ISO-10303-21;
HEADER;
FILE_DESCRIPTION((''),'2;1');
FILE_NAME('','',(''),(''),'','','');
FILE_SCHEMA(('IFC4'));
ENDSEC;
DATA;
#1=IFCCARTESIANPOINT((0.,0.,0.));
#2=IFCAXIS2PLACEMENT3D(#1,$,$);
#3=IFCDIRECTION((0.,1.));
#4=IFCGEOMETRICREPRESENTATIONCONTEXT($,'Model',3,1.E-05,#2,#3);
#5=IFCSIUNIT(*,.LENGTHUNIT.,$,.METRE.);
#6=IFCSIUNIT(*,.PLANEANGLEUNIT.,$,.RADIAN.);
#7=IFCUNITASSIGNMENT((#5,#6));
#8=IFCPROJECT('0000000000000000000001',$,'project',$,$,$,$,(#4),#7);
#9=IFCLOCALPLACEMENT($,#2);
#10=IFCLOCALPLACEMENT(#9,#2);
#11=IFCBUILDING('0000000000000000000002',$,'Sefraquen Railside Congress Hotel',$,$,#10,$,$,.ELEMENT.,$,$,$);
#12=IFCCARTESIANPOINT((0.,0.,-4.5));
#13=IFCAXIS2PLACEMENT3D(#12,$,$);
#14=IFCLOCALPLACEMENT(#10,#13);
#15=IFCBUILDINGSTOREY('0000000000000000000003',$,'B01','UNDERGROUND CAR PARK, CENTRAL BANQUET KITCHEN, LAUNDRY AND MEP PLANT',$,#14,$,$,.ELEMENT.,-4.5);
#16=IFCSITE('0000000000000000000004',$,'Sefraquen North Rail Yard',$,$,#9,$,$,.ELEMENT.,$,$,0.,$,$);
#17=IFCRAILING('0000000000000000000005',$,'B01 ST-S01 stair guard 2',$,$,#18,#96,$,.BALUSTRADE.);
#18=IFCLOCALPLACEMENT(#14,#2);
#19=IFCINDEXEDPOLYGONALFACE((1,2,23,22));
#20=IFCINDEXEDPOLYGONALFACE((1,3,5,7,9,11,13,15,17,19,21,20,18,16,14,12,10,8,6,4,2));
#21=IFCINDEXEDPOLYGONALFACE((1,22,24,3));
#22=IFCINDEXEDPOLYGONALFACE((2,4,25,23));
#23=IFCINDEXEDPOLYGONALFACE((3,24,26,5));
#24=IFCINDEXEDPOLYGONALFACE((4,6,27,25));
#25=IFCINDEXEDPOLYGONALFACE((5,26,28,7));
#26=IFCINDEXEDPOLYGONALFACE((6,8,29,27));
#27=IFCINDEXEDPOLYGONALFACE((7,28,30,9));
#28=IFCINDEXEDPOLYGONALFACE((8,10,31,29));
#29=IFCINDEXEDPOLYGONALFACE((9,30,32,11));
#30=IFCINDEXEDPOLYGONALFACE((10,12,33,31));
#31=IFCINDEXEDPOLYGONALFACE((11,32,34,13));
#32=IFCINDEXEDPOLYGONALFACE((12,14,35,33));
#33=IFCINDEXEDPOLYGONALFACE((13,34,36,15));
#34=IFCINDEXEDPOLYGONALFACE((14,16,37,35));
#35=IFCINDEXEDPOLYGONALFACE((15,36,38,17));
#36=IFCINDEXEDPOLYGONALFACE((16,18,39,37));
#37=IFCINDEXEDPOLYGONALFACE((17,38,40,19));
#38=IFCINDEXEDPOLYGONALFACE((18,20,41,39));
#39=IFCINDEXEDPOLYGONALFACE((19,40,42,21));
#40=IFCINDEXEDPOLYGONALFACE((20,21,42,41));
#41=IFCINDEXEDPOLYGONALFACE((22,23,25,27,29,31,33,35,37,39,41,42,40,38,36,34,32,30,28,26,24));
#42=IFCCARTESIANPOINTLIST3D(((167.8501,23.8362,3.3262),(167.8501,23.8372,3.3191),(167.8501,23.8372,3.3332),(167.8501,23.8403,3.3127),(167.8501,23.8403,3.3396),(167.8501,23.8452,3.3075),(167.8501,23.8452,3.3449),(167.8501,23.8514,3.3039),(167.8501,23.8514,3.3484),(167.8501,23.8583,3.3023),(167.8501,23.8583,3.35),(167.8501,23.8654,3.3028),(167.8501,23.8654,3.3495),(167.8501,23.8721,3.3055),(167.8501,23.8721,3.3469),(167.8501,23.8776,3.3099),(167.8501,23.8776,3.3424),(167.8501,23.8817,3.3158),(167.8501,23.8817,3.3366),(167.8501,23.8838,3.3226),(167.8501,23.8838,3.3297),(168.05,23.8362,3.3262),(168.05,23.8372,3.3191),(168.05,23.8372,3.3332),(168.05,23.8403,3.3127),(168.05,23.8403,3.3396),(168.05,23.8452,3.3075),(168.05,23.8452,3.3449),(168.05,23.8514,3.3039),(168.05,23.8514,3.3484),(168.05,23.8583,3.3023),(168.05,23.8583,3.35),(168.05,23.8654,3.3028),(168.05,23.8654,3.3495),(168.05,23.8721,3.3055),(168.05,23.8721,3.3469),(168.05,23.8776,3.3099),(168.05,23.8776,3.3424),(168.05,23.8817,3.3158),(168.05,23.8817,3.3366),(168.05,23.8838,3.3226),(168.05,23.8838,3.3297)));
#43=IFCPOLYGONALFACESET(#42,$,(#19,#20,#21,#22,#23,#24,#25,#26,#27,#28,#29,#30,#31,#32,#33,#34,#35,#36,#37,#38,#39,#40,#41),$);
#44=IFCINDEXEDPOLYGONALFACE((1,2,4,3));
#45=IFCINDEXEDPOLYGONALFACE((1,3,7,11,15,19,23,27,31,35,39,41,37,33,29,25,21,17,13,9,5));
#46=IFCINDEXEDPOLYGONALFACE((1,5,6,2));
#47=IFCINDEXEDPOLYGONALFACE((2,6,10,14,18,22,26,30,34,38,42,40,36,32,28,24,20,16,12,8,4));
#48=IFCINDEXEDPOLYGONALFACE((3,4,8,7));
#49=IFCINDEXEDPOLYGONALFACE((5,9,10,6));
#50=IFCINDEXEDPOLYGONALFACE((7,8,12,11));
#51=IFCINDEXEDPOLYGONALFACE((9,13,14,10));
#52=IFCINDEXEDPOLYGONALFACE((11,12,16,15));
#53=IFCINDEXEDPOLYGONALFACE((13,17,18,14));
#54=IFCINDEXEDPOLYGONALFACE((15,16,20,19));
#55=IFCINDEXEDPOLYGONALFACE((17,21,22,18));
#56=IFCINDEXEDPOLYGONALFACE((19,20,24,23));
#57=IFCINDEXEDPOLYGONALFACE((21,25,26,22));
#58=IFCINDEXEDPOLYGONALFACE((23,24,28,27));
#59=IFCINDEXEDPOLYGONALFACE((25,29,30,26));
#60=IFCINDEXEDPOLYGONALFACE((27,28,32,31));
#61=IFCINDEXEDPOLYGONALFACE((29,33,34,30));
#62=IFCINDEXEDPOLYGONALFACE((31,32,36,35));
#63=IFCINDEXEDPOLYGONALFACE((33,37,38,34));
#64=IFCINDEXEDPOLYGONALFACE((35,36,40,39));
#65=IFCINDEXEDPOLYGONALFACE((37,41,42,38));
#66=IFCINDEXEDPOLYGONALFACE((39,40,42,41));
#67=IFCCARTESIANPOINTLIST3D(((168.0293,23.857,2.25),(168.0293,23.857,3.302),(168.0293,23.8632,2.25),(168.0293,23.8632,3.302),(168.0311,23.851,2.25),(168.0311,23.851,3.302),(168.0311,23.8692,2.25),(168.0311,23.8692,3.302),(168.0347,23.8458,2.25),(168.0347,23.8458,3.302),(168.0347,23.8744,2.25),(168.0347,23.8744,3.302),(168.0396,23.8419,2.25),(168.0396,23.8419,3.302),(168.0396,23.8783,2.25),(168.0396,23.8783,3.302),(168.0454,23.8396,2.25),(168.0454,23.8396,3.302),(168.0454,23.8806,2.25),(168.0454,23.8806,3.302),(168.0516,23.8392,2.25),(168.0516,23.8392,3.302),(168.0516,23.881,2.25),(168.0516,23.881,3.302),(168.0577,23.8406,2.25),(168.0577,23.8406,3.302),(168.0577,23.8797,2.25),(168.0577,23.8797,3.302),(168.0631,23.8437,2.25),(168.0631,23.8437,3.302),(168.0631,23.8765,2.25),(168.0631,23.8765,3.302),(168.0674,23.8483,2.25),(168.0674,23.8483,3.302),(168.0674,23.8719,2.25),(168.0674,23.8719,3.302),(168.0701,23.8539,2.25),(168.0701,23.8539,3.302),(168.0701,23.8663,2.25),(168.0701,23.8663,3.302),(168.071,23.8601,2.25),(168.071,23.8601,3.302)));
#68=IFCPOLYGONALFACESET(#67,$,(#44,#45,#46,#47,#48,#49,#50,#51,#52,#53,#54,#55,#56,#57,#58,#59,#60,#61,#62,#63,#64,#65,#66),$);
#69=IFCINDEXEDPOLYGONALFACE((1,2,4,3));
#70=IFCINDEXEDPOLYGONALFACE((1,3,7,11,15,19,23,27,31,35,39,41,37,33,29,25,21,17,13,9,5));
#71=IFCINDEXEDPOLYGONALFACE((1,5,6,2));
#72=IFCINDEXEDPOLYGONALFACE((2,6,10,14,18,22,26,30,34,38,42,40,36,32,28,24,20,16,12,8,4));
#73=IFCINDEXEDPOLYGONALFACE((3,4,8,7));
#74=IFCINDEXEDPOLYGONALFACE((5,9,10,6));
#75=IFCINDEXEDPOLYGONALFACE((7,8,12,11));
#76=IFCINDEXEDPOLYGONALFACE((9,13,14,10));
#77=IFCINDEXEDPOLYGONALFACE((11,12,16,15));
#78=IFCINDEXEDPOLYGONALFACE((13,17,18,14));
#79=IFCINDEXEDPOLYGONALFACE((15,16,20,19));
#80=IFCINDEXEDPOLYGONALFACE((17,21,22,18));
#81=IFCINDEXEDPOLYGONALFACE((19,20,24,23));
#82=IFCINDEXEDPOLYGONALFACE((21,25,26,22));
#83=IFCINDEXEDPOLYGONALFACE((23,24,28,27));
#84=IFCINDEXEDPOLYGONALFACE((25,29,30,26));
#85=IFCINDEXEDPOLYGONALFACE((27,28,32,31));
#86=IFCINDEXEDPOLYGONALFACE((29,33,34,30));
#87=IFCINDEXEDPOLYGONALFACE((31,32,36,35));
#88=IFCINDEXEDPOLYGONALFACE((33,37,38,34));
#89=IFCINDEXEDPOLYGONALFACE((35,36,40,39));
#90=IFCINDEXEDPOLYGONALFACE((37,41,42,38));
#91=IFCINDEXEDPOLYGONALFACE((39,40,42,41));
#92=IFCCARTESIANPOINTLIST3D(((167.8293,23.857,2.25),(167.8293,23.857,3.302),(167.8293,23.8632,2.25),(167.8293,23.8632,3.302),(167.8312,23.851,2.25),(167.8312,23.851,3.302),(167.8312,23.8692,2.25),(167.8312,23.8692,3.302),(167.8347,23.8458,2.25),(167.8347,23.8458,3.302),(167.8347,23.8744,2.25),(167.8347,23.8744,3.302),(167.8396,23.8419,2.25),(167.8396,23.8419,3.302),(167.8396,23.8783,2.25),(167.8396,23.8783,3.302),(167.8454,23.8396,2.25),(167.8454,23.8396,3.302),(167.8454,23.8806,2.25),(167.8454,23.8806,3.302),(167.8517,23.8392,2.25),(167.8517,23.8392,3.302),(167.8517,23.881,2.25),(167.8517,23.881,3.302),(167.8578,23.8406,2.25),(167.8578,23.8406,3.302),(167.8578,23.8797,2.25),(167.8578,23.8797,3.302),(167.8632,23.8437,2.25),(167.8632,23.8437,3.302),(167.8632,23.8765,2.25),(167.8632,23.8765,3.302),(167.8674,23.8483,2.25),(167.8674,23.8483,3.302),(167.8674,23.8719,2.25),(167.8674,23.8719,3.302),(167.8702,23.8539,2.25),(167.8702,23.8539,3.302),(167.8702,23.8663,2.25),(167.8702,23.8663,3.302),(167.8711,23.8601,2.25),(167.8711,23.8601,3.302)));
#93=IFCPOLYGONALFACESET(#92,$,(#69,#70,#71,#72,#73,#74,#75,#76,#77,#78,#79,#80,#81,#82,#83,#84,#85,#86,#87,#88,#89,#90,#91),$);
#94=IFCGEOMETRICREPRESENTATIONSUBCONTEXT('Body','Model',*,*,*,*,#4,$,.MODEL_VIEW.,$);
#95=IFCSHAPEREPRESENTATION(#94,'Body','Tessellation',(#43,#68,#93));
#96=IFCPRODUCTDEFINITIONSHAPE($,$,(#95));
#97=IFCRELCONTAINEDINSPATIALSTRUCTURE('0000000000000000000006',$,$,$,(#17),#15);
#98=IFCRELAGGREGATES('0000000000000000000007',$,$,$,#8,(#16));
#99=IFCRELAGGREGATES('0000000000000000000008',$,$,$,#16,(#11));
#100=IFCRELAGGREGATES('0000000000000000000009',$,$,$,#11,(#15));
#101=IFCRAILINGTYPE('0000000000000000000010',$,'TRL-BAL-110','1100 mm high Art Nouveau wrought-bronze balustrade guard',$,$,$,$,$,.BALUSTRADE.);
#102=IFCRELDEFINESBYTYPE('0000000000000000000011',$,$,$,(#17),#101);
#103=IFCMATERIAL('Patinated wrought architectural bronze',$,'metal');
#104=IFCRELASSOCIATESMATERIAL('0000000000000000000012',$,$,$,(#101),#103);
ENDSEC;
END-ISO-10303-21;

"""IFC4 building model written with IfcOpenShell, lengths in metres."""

from ifc_helpers import new_model, si_unit, direction, frame, origin, origin_2d, place, context, subcontext, project, spatial, circle, extrude, material, type_object, element, save


model = new_model("IFC4")

# Units and contexts
model_context = context("Model", 3, precision=1e-05, world=origin(), true_north=direction((0.0, 1.0)))
body_context = subcontext(model_context, "Body", "Model", "MODEL_VIEW")
ifc_project = project(units=[si_unit("LENGTHUNIT", "METRE"), si_unit("PLANEANGLEUNIT", "RADIAN")], contexts=[model_context])

# Site, building, storey
site_placement = place(None, origin())
site = spatial("IfcSite", under=ifc_project, at=site_placement, Name="Sefraquen North Rail Yard", CompositionType="ELEMENT", RefElevation=0.0)
building_placement = place(site_placement, origin())
building = spatial("IfcBuilding", under=site, at=building_placement, Name="Sefraquen Railside Congress Hotel", CompositionType="ELEMENT")
storey_placement = place(building_placement, frame((0.0, 0.0, -4.5)))
storey = spatial("IfcBuildingStorey", under=building, at=storey_placement, Name="B01", Description="UNDERGROUND CAR PARK, CENTRAL BANQUET KITCHEN, LAUNDRY AND MEP PLANT", CompositionType="ELEMENT", Elevation=-4.5)

# Railing
ifc_material_1 = material(Name="Patinated wrought architectural bronze", Category="metal")
railing_type_1 = type_object("IfcRailingType", Name="TRL-BAL-110", Description="1100 mm high Art Nouveau wrought-bronze balustrade guard", PredefinedType="BALUSTRADE", material=ifc_material_1)
railing_1_placement = place(storey_placement, frame((168.05, 23.8601, 2.25)))
element("IfcRailing", 1, at=railing_1_placement, inside=storey, type_object=railing_type_1, Name="B01 ST-S01 stair guard 2", PredefinedType="BALUSTRADE", context=body_context, shape_type="SweptSolid", body=[
    extrude(circle(Radius=0.0239, at=origin_2d()), frame((0.0, 0.0, 1.0762), z_axis=(-1.0, 0.0, 0.0), x_axis=(0.0, -1.0, 0.0)), (0.0, 0.0, 1.0), 0.2),
    extrude(circle(Radius=0.021, at=origin_2d()), origin(), (0.0, 0.0, 1.0), 1.052),
    extrude(circle(Radius=0.021, at=origin_2d()), frame((-0.2, 0.0, 0.0)), (0.0, 0.0, 1.0), 1.052),
])

save(model, "model.ifc")
